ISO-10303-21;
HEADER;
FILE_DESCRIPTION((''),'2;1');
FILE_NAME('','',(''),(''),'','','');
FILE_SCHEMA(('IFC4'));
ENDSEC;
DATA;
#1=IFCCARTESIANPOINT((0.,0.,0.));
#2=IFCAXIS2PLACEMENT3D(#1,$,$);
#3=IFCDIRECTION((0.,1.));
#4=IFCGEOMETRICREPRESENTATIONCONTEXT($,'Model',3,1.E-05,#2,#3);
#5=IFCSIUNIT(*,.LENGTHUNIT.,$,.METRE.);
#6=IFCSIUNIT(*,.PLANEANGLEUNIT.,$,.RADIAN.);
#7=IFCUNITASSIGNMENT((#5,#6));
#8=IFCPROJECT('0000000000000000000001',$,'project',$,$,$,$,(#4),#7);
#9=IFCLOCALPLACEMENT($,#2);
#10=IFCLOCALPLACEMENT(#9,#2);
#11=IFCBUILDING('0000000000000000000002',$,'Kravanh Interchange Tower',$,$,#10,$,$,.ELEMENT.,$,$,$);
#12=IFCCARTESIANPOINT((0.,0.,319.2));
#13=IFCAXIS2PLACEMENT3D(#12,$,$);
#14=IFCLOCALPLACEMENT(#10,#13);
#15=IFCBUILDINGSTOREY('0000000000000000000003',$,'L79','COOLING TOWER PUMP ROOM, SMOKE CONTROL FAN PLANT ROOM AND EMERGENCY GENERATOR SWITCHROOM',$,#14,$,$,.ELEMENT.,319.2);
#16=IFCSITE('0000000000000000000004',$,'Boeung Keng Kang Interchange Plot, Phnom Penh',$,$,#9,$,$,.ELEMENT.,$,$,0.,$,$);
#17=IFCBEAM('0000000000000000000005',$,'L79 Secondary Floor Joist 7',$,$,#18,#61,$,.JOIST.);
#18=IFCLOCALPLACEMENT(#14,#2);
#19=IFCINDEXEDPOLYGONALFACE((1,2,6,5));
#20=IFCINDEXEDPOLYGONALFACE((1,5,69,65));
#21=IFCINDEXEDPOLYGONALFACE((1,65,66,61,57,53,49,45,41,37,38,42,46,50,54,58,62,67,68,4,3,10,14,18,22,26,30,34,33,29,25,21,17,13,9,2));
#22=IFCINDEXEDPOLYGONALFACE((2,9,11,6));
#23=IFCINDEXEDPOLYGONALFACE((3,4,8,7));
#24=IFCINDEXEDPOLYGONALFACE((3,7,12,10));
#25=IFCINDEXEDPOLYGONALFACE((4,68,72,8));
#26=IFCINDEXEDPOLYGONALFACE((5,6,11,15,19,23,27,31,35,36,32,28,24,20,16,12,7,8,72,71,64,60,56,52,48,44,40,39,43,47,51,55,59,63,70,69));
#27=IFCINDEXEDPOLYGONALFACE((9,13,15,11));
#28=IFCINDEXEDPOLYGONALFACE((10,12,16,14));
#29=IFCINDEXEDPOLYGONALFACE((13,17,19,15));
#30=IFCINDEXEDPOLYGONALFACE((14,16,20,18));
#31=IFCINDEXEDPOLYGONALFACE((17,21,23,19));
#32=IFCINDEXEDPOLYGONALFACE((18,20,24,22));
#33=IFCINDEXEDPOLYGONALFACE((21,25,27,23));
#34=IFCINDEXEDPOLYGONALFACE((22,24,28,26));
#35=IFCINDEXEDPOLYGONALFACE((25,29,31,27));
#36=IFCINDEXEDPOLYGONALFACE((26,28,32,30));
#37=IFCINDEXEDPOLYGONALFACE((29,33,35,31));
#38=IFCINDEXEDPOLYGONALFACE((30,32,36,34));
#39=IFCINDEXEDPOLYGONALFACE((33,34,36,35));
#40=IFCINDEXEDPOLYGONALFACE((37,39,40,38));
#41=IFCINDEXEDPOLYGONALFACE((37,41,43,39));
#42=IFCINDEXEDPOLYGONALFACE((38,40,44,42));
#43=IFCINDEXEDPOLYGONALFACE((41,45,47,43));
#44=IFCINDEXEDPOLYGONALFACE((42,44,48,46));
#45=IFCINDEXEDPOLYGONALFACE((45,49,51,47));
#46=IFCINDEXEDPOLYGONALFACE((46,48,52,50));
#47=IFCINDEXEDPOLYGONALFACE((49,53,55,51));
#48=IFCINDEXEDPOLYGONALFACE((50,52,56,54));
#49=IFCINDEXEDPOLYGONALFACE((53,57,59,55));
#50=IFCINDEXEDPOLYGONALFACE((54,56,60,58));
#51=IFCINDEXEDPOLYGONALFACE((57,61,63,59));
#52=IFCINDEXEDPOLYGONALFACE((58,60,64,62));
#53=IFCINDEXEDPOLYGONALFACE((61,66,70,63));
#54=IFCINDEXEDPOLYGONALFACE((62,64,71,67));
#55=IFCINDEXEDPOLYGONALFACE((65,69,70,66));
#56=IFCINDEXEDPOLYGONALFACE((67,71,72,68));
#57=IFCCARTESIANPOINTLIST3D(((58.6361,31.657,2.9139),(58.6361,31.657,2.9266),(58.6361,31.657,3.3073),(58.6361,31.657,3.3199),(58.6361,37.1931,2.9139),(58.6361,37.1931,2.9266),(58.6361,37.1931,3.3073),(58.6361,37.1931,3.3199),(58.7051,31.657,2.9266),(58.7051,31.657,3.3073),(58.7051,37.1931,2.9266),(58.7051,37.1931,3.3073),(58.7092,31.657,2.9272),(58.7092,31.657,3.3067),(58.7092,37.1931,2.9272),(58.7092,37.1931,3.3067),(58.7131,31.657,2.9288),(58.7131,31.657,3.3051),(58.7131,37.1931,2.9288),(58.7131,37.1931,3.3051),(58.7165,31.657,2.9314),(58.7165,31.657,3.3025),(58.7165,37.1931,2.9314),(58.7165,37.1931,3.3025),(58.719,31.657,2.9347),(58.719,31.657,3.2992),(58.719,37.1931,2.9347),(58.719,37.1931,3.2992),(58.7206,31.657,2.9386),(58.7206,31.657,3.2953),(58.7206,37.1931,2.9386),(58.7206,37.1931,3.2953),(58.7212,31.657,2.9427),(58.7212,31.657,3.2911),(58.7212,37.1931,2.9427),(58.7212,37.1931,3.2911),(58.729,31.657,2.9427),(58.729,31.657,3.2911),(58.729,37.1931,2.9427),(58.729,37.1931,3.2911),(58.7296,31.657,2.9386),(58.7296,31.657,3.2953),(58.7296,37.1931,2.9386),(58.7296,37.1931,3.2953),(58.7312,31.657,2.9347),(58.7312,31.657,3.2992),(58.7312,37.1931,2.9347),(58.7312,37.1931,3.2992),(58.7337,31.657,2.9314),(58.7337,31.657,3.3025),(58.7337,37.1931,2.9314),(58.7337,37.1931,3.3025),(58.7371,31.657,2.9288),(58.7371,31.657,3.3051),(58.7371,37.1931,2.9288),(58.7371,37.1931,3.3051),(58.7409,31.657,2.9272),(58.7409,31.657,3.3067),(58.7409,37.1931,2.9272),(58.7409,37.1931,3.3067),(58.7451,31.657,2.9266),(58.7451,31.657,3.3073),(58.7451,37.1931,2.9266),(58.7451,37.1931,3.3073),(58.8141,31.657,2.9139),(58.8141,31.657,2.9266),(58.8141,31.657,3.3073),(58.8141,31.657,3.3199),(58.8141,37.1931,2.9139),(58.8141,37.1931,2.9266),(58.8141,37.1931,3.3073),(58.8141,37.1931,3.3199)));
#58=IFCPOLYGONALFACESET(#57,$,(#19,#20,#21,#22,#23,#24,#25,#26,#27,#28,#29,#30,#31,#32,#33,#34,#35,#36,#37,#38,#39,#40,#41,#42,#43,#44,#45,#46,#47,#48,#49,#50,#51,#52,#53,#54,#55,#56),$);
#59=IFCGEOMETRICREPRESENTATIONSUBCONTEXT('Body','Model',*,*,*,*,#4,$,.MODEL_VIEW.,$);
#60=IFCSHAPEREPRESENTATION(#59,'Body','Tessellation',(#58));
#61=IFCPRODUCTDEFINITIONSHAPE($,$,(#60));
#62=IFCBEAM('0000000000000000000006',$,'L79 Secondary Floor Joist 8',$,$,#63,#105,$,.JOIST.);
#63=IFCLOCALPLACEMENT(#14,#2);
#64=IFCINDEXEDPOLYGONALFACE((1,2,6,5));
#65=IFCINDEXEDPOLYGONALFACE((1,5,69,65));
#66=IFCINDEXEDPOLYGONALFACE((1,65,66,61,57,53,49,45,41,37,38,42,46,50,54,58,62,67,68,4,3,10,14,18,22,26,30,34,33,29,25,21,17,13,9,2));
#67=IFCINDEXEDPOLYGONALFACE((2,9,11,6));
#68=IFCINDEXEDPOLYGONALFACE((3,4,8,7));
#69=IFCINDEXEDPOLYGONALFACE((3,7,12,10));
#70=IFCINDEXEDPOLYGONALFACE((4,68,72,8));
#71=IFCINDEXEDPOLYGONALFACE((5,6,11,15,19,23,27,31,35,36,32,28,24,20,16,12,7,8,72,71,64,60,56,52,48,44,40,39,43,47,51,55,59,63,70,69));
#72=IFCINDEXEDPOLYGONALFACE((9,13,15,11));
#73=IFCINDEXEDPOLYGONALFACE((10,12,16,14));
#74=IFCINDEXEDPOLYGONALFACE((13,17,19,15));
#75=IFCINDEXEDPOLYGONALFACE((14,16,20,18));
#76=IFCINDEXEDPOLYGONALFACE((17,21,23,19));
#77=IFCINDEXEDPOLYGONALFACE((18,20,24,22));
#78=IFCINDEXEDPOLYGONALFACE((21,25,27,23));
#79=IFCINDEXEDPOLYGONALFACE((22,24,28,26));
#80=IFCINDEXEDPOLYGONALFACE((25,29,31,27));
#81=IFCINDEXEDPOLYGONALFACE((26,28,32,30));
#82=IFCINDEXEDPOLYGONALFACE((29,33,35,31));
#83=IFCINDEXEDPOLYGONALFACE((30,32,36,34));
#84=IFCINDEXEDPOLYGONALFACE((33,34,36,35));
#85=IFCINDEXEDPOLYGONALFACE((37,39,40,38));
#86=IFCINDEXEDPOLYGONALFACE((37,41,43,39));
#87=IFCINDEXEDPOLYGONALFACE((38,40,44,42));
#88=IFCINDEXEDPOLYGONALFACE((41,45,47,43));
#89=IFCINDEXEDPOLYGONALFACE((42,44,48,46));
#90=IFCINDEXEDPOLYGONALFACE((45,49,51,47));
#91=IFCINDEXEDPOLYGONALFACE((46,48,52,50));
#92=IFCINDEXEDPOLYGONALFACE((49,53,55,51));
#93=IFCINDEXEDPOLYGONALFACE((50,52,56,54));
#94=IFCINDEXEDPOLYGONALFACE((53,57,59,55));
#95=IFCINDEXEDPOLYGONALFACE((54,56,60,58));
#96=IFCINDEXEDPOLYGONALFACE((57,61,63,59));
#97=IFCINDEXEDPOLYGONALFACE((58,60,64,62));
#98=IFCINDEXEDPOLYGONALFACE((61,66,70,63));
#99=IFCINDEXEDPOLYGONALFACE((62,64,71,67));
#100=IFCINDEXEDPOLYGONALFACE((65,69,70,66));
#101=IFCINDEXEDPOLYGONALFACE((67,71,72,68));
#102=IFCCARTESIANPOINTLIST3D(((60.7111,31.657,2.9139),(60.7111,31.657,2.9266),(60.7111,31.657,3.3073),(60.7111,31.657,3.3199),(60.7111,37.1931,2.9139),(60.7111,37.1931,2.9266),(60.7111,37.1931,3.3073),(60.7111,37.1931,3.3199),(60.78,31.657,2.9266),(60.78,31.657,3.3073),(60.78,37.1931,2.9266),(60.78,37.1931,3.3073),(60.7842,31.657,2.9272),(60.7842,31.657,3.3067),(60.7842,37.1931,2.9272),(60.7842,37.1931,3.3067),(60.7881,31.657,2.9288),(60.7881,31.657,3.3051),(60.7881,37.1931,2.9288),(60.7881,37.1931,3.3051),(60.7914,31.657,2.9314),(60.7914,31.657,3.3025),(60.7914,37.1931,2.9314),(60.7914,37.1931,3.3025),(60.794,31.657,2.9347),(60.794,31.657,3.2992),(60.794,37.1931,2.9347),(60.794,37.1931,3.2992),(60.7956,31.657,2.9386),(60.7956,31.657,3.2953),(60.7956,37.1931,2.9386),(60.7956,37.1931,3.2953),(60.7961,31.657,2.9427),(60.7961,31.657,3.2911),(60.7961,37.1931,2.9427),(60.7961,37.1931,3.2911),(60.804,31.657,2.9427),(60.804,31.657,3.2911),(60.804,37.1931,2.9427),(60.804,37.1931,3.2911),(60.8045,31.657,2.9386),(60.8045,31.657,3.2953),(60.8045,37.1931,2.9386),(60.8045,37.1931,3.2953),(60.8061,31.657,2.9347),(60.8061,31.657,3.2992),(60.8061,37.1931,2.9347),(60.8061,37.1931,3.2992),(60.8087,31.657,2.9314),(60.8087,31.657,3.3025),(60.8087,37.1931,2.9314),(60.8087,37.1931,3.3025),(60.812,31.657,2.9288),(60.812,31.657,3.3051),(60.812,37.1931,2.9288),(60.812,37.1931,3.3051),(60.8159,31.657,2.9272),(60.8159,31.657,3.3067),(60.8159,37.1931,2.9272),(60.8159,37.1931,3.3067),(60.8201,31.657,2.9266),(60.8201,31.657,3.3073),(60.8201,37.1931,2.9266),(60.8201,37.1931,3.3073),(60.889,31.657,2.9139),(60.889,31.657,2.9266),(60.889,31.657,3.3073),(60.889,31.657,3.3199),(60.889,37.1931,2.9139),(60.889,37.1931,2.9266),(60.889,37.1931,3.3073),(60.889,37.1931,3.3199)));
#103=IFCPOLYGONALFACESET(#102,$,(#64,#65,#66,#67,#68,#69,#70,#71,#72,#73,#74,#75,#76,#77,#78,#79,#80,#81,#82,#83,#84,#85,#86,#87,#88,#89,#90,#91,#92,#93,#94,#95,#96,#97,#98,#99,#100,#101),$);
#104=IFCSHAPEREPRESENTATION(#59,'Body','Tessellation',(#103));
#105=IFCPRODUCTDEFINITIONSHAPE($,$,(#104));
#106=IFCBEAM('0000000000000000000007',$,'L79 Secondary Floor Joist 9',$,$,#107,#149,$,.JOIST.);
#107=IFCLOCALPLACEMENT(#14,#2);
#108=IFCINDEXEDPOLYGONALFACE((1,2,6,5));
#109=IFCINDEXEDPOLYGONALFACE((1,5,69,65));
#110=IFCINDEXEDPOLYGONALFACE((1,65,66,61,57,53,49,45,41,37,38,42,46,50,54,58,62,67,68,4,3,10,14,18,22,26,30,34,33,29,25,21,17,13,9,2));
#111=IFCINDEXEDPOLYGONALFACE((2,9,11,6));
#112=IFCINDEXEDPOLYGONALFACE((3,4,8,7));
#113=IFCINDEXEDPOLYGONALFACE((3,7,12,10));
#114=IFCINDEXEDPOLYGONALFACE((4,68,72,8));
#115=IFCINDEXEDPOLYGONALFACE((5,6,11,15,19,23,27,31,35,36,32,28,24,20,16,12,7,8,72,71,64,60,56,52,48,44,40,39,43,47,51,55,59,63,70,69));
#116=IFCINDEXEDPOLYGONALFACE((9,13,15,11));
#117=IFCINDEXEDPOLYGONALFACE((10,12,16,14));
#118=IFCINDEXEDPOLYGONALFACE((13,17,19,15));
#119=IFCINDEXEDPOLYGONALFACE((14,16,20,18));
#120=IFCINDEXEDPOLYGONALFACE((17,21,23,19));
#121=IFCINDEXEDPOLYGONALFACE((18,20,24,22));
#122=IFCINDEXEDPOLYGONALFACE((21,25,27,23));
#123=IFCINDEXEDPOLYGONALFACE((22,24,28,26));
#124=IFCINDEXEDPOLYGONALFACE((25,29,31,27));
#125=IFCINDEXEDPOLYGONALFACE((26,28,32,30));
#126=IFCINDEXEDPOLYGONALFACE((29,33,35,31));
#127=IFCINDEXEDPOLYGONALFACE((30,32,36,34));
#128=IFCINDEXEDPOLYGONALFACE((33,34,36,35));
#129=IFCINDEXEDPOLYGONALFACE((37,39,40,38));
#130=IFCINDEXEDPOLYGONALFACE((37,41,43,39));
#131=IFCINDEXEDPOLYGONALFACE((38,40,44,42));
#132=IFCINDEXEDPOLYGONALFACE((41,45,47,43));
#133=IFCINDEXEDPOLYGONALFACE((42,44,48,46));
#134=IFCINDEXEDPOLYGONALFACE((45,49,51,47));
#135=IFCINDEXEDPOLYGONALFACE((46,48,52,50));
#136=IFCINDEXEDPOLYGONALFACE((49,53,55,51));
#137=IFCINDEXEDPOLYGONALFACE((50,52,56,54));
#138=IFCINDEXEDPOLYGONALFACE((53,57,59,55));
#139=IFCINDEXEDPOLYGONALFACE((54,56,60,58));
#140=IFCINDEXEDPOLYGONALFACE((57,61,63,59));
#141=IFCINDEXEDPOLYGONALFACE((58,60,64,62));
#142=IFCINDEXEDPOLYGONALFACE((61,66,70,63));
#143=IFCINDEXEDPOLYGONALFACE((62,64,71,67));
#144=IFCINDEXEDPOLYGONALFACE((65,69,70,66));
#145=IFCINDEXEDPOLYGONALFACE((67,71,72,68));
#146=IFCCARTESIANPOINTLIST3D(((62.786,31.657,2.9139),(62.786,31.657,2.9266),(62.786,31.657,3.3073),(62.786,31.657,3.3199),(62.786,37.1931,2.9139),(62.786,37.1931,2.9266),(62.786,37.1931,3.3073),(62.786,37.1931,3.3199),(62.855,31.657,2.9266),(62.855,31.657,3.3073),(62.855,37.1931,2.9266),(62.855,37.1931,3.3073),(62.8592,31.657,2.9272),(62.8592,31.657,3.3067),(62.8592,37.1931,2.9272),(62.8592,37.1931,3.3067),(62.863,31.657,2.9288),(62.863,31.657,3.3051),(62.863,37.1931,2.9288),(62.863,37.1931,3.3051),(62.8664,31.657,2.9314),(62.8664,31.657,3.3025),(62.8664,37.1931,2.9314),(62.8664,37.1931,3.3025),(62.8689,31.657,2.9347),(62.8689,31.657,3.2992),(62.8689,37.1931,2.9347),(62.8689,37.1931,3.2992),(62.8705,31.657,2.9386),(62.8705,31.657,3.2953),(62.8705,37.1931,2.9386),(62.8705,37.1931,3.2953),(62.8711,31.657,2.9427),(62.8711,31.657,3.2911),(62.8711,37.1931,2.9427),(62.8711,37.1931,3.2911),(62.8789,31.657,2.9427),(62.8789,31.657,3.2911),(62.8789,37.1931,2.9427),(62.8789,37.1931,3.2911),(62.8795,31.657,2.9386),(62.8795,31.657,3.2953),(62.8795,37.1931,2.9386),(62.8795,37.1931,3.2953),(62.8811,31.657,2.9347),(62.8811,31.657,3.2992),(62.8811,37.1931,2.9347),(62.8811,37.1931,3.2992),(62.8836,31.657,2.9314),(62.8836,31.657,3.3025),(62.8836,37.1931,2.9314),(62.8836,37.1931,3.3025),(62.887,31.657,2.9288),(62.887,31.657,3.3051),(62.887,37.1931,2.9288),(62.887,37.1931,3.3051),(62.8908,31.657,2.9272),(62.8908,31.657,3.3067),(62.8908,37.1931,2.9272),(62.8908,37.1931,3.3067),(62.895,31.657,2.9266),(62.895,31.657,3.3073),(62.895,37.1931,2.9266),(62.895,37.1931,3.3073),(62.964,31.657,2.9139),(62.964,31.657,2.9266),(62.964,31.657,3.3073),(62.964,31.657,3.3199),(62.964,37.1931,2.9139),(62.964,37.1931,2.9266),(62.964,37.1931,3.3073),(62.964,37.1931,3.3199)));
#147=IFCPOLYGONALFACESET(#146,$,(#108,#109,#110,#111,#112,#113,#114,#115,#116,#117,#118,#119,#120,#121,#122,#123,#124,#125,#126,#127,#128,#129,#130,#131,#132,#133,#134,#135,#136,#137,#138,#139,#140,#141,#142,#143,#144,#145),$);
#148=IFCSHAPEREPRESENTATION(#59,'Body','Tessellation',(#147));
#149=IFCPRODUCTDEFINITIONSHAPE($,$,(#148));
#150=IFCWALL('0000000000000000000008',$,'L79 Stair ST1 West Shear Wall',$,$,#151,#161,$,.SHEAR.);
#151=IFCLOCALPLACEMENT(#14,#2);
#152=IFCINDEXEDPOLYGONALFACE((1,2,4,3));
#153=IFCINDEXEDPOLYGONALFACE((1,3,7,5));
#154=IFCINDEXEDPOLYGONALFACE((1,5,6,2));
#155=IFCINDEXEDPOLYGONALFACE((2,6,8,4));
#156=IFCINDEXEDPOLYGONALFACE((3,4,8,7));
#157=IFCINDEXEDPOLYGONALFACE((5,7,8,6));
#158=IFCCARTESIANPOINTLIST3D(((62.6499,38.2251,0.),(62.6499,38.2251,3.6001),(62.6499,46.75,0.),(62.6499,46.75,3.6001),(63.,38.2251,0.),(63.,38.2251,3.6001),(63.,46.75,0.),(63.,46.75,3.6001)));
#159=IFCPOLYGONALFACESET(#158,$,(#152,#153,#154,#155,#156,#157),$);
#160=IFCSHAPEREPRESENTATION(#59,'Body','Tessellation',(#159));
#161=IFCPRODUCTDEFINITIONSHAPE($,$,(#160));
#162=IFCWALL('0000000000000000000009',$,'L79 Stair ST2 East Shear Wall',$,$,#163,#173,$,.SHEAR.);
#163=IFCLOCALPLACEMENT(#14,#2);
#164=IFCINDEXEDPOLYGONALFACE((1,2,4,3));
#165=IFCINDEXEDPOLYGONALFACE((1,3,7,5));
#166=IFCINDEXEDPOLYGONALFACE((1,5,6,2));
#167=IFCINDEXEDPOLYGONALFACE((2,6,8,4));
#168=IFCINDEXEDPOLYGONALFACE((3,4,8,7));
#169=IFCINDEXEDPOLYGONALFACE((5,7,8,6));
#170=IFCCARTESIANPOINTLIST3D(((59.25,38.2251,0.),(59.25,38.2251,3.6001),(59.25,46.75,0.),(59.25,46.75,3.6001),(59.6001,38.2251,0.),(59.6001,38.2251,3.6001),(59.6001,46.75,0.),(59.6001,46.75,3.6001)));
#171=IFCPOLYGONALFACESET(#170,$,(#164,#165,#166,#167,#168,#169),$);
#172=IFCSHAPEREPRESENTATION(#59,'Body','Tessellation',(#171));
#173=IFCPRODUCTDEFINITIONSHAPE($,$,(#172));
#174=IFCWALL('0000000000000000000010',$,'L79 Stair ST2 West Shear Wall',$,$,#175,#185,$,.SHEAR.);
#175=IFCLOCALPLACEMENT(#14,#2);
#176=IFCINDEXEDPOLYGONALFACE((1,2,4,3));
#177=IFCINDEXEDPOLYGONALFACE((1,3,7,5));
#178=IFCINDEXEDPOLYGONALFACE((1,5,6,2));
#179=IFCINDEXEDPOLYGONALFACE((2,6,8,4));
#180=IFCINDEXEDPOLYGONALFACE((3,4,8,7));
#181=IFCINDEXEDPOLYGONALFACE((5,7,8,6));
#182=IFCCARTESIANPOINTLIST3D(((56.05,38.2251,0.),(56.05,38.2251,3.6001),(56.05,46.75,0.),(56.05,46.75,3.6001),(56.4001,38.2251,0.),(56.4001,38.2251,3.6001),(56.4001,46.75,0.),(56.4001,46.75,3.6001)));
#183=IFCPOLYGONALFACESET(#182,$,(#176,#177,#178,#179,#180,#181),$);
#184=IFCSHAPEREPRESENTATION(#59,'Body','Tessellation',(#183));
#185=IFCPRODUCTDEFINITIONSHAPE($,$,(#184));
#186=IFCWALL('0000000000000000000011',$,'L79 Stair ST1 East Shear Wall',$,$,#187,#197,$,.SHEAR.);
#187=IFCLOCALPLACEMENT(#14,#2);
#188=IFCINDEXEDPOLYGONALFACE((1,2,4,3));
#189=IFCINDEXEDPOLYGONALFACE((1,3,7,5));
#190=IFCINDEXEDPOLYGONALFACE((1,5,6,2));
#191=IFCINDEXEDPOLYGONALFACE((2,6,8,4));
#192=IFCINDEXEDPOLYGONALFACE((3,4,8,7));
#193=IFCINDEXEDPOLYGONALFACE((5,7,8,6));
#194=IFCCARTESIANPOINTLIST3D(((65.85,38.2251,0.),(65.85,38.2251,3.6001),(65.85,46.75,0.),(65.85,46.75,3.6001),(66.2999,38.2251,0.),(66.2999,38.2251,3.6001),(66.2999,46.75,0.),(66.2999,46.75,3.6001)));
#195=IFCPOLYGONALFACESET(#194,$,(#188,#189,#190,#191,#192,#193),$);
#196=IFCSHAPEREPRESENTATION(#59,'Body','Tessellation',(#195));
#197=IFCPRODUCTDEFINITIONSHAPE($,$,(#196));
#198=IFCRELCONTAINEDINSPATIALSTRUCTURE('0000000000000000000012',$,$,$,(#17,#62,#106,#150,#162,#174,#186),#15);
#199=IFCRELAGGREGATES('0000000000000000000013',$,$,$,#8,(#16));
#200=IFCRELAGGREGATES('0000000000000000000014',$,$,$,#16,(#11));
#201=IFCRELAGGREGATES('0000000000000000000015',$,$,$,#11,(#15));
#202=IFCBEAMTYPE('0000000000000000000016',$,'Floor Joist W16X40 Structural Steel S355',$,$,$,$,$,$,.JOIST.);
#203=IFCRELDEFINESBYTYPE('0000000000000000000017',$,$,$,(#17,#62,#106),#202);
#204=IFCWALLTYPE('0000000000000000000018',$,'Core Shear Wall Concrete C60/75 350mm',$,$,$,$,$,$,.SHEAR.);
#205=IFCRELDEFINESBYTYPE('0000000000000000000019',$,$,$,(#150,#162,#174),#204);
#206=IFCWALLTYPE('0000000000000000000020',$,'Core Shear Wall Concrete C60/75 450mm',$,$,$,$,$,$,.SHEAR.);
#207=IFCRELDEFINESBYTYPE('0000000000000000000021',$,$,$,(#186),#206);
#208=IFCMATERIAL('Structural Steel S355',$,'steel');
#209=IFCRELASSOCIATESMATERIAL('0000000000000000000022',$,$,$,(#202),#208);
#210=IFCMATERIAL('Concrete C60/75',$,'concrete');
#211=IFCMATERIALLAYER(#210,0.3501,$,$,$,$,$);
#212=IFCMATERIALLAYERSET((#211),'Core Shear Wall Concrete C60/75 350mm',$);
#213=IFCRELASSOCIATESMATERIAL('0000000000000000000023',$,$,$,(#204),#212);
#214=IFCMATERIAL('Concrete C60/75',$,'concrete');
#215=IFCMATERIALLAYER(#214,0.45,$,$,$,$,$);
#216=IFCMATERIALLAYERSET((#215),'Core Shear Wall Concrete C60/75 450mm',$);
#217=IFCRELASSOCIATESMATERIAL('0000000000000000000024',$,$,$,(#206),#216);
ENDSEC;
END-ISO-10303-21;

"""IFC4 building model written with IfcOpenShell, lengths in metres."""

from ifc_helpers import new_model, si_unit, direction, frame, frame_2d, origin, origin_2d, place, context, subcontext, project, spatial, rectangle, i_section, extrude, material, layer, layer_set, material_profile, profile_set, type_object, element, save


model = new_model("IFC4")

# Units and contexts
model_context = context("Model", 3, precision=1e-05, world=origin(), true_north=direction((0.0, 1.0)))
body_context = subcontext(model_context, "Body", "Model", "MODEL_VIEW")
ifc_project = project(units=[si_unit("LENGTHUNIT", "METRE"), si_unit("PLANEANGLEUNIT", "RADIAN")], contexts=[model_context])

# Site, building, storey
site_placement = place(None, origin())
site = spatial("IfcSite", under=ifc_project, at=site_placement, Name="Boeung Keng Kang Interchange Plot, Phnom Penh", CompositionType="ELEMENT", RefElevation=0.0)
building_placement = place(site_placement, origin())
building = spatial("IfcBuilding", under=site, at=building_placement, Name="Kravanh Interchange Tower", CompositionType="ELEMENT")
storey_placement = place(building_placement, frame((0.0, 0.0, 319.2)))
storey = spatial("IfcBuildingStorey", under=building, at=storey_placement, Name="L79", Description="COOLING TOWER PUMP ROOM, SMOKE CONTROL FAN PLANT ROOM AND EMERGENCY GENERATOR SWITCHROOM", CompositionType="ELEMENT", Elevation=319.2)

# Beams
ifc_material_1 = material(Name="Structural Steel S355", Category="steel")
ifc_material_profile_1 = material_profile(ifc_material_1, i_section(OverallWidth=0.178, OverallDepth=0.406, WebThickness=0.0078, FlangeThickness=0.0127, FilletRadius=0.0161, at=origin_2d()), Name="W16X40")
ifc_profile_set_1 = profile_set([ifc_material_profile_1], Name="Structural Steel S355")
beam_type_1 = type_object("IfcBeamType", Name="Floor Joist W16X40 Structural Steel S355", PredefinedType="JOIST", material=ifc_profile_set_1)
for number, where, z_axis, x_axis, name in (
    (1, (58.7251, 31.657, 3.1169), (0.0, 1.0, 0.0), (-1.0, 0.0, 0.0), "L79 Secondary Floor Joist 7"),
    (2, (60.8, 31.657, 3.1169), (0.0, 1.0, 0.0), (-1.0, 0.0, 0.0), "L79 Secondary Floor Joist 8"),
    (3, (62.875, 31.657, 3.1169), (0.0, 1.0, 0.0), (-1.0, 0.0, 0.0), "L79 Secondary Floor Joist 9"),
):
    element("IfcBeam", number, at=place(storey_placement, frame(where, z_axis=z_axis, x_axis=x_axis)), inside=storey, type_object=beam_type_1, Name=name, PredefinedType="JOIST", context=body_context, shape_type="SweptSolid", body=[
        extrude(i_section(OverallWidth=0.178, OverallDepth=0.406, WebThickness=0.0078, FlangeThickness=0.0127, FilletRadius=0.0161, at=origin_2d()), origin(), (0.0, 0.0, 1.0), 5.5361),
    ])

# Walls
ifc_material_2 = material(Name="Concrete C60/75", Category="concrete")
ifc_layer_1 = layer(ifc_material_2, 0.3501)
ifc_layer_set_1 = layer_set([ifc_layer_1], Name="Core Shear Wall Concrete C60/75 350mm")
wall_type_1 = type_object("IfcWallType", Name="Core Shear Wall Concrete C60/75 350mm", PredefinedType="SHEAR", material=ifc_layer_set_1)
for number, where, z_axis, x_axis, name in (
    (4, (62.825, 38.2251, 0.0), (0.0, 0.0, 1.0), (0.0, 1.0, 0.0), "L79 Stair ST1 West Shear Wall"),
    (5, (59.425, 38.2251, 0.0), (0.0, 0.0, 1.0), (0.0, 1.0, 0.0), "L79 Stair ST2 East Shear Wall"),
    (6, (56.2251, 38.2251, 0.0), (0.0, 0.0, 1.0), (0.0, 1.0, 0.0), "L79 Stair ST2 West Shear Wall"),
):
    element("IfcWall", number, at=place(storey_placement, frame(where, z_axis=z_axis, x_axis=x_axis)), inside=storey, type_object=wall_type_1, Name=name, PredefinedType="SHEAR", context=body_context, shape_type="SweptSolid", body=[
        extrude(rectangle(XDim=8.5249, YDim=0.3501, at=frame_2d((4.2625, 0.0))), origin(), (0.0, 0.0, 1.0), 3.6001),
    ])
ifc_material_3 = material(Name="Concrete C60/75", Category="concrete")
ifc_layer_2 = layer(ifc_material_3, 0.45)
ifc_layer_set_2 = layer_set([ifc_layer_2], Name="Core Shear Wall Concrete C60/75 450mm")
wall_type_2 = type_object("IfcWallType", Name="Core Shear Wall Concrete C60/75 450mm", PredefinedType="SHEAR", material=ifc_layer_set_2)
wall_1_placement = place(storey_placement, frame((66.075, 38.2251, 0.0), z_axis=(0.0, 0.0, 1.0), x_axis=(0.0, 1.0, 0.0)))
element("IfcWall", 7, at=wall_1_placement, inside=storey, type_object=wall_type_2, Name="L79 Stair ST1 East Shear Wall", PredefinedType="SHEAR", context=body_context, shape_type="SweptSolid", body=[
    extrude(rectangle(XDim=8.5249, YDim=0.45, at=frame_2d((4.2625, 0.0))), origin(), (0.0, 0.0, 1.0), 3.6001),
])

save(model, "model.ifc")
